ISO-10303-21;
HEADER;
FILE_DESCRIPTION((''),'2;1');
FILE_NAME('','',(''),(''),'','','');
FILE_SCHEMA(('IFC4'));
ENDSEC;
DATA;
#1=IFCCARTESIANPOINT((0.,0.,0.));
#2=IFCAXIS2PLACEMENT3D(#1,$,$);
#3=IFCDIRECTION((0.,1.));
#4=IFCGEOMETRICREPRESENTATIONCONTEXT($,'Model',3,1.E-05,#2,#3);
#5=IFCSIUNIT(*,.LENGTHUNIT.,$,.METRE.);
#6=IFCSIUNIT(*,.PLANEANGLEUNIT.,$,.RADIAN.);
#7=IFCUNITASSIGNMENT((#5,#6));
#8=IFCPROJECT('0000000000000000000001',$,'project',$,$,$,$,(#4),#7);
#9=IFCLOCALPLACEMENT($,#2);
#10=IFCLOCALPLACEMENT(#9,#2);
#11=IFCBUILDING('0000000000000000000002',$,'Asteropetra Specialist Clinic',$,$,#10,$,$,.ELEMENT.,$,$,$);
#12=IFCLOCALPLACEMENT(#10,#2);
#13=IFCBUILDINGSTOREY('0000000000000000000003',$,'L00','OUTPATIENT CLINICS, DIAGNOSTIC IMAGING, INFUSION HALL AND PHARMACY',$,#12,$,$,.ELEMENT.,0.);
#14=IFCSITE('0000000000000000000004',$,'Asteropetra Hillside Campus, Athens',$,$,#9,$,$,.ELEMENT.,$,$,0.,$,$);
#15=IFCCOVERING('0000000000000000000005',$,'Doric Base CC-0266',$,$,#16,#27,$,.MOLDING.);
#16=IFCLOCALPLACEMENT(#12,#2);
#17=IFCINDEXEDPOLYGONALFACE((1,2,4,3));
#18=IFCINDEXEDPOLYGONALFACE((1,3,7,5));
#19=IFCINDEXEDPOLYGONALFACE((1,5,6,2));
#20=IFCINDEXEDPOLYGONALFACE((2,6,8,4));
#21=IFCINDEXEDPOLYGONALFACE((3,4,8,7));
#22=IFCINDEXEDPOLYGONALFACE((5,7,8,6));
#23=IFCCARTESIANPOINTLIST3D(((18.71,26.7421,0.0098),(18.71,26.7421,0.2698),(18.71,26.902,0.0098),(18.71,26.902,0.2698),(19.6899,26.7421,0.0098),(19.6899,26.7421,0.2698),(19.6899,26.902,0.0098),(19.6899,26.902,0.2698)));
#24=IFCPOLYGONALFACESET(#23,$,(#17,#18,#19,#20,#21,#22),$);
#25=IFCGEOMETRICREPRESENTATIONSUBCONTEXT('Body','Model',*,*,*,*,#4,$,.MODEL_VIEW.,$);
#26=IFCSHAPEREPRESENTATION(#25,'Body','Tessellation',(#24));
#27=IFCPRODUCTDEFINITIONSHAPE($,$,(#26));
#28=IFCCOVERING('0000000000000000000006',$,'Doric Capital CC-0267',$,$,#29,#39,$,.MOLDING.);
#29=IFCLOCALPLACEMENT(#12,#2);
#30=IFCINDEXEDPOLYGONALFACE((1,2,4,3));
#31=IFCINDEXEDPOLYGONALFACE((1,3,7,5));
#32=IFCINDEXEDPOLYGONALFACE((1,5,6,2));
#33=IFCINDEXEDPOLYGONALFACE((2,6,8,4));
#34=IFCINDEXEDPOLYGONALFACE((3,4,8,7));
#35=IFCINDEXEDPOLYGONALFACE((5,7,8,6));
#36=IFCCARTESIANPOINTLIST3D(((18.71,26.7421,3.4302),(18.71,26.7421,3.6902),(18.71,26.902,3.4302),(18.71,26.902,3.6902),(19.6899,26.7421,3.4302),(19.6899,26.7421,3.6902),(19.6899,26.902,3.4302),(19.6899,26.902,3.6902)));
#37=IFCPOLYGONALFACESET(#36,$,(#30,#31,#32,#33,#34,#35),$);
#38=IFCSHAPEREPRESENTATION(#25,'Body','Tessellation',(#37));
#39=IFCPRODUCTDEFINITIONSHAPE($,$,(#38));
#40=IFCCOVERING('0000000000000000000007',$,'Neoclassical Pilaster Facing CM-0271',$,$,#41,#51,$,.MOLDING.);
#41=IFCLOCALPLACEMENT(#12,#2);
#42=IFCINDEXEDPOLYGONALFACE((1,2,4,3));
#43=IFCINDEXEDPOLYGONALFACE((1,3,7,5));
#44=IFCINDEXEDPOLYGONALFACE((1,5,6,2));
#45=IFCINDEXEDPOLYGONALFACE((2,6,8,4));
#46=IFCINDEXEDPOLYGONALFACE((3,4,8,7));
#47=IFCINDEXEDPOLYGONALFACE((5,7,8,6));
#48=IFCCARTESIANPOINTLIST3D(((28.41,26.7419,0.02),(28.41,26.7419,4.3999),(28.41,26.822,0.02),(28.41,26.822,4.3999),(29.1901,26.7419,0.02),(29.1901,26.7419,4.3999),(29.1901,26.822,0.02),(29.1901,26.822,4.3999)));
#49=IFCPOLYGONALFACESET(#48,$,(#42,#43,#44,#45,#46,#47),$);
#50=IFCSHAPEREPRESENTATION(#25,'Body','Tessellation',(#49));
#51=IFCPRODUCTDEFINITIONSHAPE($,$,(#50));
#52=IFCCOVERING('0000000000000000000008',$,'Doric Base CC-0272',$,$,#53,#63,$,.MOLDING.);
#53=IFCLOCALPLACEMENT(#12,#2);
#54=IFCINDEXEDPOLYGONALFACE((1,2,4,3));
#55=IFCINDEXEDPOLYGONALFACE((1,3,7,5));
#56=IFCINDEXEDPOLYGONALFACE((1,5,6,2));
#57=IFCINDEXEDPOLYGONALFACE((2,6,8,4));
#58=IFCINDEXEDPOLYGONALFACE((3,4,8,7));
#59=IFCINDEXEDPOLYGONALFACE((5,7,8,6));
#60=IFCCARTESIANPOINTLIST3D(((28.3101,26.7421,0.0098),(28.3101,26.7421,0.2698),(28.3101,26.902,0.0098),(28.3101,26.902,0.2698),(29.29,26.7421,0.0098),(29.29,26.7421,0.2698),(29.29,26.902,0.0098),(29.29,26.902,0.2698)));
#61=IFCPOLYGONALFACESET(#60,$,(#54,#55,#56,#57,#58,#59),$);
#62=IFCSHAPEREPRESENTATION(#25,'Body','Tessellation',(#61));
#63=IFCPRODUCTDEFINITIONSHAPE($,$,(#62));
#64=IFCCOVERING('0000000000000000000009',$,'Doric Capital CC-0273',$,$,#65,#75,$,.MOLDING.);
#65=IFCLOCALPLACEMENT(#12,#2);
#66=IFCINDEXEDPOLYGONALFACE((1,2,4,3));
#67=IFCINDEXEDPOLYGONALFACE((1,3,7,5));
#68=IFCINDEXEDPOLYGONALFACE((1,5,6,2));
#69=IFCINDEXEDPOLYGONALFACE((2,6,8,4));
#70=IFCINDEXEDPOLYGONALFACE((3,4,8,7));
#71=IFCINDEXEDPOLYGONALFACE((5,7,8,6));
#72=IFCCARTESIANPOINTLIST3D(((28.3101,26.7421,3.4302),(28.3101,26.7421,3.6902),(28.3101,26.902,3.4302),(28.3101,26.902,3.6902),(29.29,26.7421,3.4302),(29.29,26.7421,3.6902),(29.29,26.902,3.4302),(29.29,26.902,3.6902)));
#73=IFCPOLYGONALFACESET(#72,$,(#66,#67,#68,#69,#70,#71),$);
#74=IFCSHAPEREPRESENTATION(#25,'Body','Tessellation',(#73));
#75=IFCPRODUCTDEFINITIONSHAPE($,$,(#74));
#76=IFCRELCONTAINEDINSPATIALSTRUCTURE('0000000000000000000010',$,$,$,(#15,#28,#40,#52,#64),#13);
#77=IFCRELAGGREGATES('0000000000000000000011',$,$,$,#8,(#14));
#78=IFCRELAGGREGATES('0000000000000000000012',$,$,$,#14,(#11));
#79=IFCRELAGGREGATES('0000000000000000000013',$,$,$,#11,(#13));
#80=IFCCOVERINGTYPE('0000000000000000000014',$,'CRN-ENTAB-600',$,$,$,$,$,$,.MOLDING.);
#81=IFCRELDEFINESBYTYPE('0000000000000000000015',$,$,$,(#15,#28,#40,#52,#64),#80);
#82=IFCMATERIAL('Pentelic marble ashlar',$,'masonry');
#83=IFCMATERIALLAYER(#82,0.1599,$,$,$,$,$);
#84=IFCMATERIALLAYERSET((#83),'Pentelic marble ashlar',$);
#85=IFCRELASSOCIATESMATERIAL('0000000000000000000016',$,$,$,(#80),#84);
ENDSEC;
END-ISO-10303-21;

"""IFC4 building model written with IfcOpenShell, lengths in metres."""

from ifc_helpers import new_model, si_unit, direction, frame, origin, origin_2d, place, context, subcontext, project, spatial, rectangle, extrude, material, layer, layer_set, type_object, element, save


model = new_model("IFC4")

# Units and contexts
model_context = context("Model", 3, precision=1e-05, world=origin(), true_north=direction((0.0, 1.0)))
body_context = subcontext(model_context, "Body", "Model", "MODEL_VIEW")
ifc_project = project(units=[si_unit("LENGTHUNIT", "METRE"), si_unit("PLANEANGLEUNIT", "RADIAN")], contexts=[model_context])

# Site, building, storey
site_placement = place(None, origin())
site = spatial("IfcSite", under=ifc_project, at=site_placement, Name="Asteropetra Hillside Campus, Athens", CompositionType="ELEMENT", RefElevation=0.0)
building_placement = place(site_placement, origin())
building = spatial("IfcBuilding", under=site, at=building_placement, Name="Asteropetra Specialist Clinic", CompositionType="ELEMENT")
storey_placement = place(building_placement, origin())
storey = spatial("IfcBuildingStorey", under=building, at=storey_placement, Name="L00", Description="OUTPATIENT CLINICS, DIAGNOSTIC IMAGING, INFUSION HALL AND PHARMACY", CompositionType="ELEMENT", Elevation=0.0)

# Coverings
ifc_material_1 = material(Name="Pentelic marble ashlar", Category="masonry")
ifc_layer_1 = layer(ifc_material_1, 0.1599)
ifc_layer_set_1 = layer_set([ifc_layer_1], Name="Pentelic marble ashlar")
covering_type = type_object("IfcCoveringType", Name="CRN-ENTAB-600", PredefinedType="MOLDING", material=ifc_layer_set_1)
for number, where, z_axis, x_axis, name in (
    (1, (19.2, 26.822, 0.0098), (0.0, 0.0, 1.0), (1.0, 0.0, 0.0), "Doric Base CC-0266"),
    (2, (19.2, 26.822, 3.4302), (0.0, 0.0, 1.0), (1.0, 0.0, 0.0), "Doric Capital CC-0267"),
):
    element("IfcCovering", number, at=place(storey_placement, frame(where, z_axis=z_axis, x_axis=x_axis)), inside=storey, type_object=covering_type, Name=name, PredefinedType="MOLDING", context=body_context, shape_type="SweptSolid", body=[
        extrude(rectangle(XDim=0.98, YDim=0.1599, at=origin_2d()), origin(), (0.0, 0.0, 1.0), 0.26),
    ])
covering_1_placement = place(storey_placement, frame((28.8, 26.782, 0.02), z_axis=(0.0, 0.0, 1.0), x_axis=(1.0, 0.0, 0.0)))
element("IfcCovering", 3, at=covering_1_placement, inside=storey, type_object=covering_type, Name="Neoclassical Pilaster Facing CM-0271", PredefinedType="MOLDING", context=body_context, shape_type="SweptSolid", body=[
    extrude(rectangle(XDim=0.78, YDim=0.0801, at=origin_2d()), origin(), (0.0, 0.0, 1.0), 4.3799),
])
for number, where, z_axis, x_axis, name in (
    (4, (28.8, 26.822, 0.0098), (0.0, 0.0, 1.0), (1.0, 0.0, 0.0), "Doric Base CC-0272"),
    (5, (28.8, 26.822, 3.4302), (0.0, 0.0, 1.0), (1.0, 0.0, 0.0), "Doric Capital CC-0273"),
):
    element("IfcCovering", number, at=place(storey_placement, frame(where, z_axis=z_axis, x_axis=x_axis)), inside=storey, type_object=covering_type, Name=name, PredefinedType="MOLDING", context=body_context, shape_type="SweptSolid", body=[
        extrude(rectangle(XDim=0.98, YDim=0.1599, at=origin_2d()), origin(), (0.0, 0.0, 1.0), 0.26),
    ])

save(model, "model.ifc")
